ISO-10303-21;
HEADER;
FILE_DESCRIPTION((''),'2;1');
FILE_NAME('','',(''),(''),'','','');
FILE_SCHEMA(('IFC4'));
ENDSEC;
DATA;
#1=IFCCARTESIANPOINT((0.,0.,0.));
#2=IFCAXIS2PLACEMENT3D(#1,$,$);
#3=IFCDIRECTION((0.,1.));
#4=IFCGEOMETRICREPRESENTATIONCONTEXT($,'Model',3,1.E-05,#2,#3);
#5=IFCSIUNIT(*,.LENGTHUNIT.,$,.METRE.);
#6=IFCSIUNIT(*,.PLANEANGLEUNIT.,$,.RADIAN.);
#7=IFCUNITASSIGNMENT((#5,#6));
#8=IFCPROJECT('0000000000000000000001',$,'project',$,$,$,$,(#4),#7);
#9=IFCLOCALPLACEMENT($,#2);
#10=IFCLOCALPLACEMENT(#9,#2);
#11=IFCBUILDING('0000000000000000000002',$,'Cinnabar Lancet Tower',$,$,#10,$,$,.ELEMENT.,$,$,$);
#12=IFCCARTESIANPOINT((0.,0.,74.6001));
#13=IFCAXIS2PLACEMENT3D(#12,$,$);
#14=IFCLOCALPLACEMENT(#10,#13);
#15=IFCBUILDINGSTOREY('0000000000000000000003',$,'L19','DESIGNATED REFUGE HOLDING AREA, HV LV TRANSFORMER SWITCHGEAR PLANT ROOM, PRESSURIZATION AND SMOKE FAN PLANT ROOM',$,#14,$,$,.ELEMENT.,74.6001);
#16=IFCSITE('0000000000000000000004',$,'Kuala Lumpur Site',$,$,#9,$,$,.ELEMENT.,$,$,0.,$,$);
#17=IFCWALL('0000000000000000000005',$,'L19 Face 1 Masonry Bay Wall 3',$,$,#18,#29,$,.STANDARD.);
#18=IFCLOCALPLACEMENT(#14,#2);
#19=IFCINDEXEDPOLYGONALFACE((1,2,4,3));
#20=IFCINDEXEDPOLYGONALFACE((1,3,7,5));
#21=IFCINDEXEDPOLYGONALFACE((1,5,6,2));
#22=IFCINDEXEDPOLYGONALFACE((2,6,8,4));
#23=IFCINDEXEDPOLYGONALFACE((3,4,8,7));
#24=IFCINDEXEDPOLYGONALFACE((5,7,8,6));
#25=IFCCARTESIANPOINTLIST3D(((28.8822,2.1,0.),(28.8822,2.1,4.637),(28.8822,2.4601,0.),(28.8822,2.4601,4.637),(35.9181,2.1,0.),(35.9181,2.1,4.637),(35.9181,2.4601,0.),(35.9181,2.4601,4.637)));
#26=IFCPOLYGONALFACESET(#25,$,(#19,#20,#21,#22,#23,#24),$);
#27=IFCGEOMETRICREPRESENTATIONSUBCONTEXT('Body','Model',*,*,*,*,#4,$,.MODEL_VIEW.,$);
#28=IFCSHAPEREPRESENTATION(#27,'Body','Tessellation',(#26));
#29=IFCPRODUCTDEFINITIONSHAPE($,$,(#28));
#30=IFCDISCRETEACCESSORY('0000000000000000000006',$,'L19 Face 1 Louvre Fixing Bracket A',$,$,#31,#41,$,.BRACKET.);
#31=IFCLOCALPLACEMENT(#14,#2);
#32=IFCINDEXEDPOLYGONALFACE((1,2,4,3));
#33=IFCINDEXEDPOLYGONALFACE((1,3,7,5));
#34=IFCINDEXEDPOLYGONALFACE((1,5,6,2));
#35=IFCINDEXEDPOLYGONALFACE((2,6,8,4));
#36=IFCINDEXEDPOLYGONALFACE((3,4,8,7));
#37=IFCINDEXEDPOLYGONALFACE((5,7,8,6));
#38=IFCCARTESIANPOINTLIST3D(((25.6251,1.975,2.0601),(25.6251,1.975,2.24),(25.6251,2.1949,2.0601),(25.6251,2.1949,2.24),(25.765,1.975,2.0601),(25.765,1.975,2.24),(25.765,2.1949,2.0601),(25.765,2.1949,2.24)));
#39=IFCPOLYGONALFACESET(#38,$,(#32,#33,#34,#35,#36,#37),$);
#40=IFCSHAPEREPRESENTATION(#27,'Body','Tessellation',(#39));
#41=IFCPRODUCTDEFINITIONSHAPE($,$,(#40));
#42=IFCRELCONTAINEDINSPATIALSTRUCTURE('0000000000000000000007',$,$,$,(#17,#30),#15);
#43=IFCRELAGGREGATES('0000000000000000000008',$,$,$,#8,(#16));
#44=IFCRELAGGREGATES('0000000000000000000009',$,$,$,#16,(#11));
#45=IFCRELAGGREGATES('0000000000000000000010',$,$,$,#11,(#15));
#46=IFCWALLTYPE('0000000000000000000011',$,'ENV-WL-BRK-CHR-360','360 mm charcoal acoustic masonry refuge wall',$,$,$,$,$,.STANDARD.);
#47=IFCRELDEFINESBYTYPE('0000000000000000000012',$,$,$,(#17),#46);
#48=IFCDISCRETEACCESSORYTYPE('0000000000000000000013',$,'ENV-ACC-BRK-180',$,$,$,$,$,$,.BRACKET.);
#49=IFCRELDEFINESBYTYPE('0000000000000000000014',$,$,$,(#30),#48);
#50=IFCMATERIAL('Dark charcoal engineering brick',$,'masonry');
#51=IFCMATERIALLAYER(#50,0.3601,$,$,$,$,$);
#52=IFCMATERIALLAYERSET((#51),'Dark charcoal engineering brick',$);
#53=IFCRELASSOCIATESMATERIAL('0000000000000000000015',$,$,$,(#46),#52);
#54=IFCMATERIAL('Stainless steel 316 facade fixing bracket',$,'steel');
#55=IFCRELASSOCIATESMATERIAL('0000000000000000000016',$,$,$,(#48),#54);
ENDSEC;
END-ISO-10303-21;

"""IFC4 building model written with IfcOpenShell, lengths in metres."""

from ifc_helpers import new_model, si_unit, direction, frame, frame_2d, origin, origin_2d, place, context, subcontext, project, spatial, rectangle, extrude, material, layer, layer_set, type_object, element, save


model = new_model("IFC4")

# Units and contexts
model_context = context("Model", 3, precision=1e-05, world=origin(), true_north=direction((0.0, 1.0)))
body_context = subcontext(model_context, "Body", "Model", "MODEL_VIEW")
ifc_project = project(units=[si_unit("LENGTHUNIT", "METRE"), si_unit("PLANEANGLEUNIT", "RADIAN")], contexts=[model_context])

# Site, building, storey
site_placement = place(None, origin())
site = spatial("IfcSite", under=ifc_project, at=site_placement, Name="Kuala Lumpur Site", CompositionType="ELEMENT", RefElevation=0.0)
building_placement = place(site_placement, origin())
building = spatial("IfcBuilding", under=site, at=building_placement, Name="Cinnabar Lancet Tower", CompositionType="ELEMENT")
storey_placement = place(building_placement, frame((0.0, 0.0, 74.6001)))
storey = spatial("IfcBuildingStorey", under=building, at=storey_placement, Name="L19", Description="DESIGNATED REFUGE HOLDING AREA, HV LV TRANSFORMER SWITCHGEAR PLANT ROOM, PRESSURIZATION AND SMOKE FAN PLANT ROOM", CompositionType="ELEMENT", Elevation=74.6001)

# Wall
ifc_material_1 = material(Name="Dark charcoal engineering brick", Category="masonry")
ifc_layer_1 = layer(ifc_material_1, 0.3601)
ifc_layer_set_1 = layer_set([ifc_layer_1], Name="Dark charcoal engineering brick")
wall_type_1 = type_object("IfcWallType", Name="ENV-WL-BRK-CHR-360", Description="360 mm charcoal acoustic masonry refuge wall", PredefinedType="STANDARD", material=ifc_layer_set_1)
wall_1_placement = place(storey_placement, frame((28.8821, 2.28, 0.0), z_axis=(0.0, 0.0, 1.0), x_axis=(1.0, 0.0, 0.0)))
element("IfcWall", 1, at=wall_1_placement, inside=storey, type_object=wall_type_1, Name="L19 Face 1 Masonry Bay Wall 3", PredefinedType="STANDARD", context=body_context, shape_type="SweptSolid", body=[
    extrude(rectangle(XDim=7.0359, YDim=0.3601, at=frame_2d((3.5181, 0.0))), origin(), (0.0, 0.0, 1.0), 4.637),
])

# Discrete accessory
ifc_material_2 = material(Name="Stainless steel 316 facade fixing bracket", Category="steel")
discrete_accessory_type = type_object("IfcDiscreteAccessoryType", Name="ENV-ACC-BRK-180", PredefinedType="BRACKET", material=ifc_material_2)
discrete_accessory_placement = place(storey_placement, frame((25.6951, 2.085, 2.0601), z_axis=(0.0, 0.0, 1.0), x_axis=(1.0, 0.0, 0.0)))
element("IfcDiscreteAccessory", 2, at=discrete_accessory_placement, inside=storey, type_object=discrete_accessory_type, Name="L19 Face 1 Louvre Fixing Bracket A", PredefinedType="BRACKET", context=body_context, shape_type="SweptSolid", body=[
    extrude(rectangle(XDim=0.1399, YDim=0.22, at=origin_2d()), origin(), (0.0, 0.0, 1.0), 0.1799),
])

save(model, "model.ifc")
